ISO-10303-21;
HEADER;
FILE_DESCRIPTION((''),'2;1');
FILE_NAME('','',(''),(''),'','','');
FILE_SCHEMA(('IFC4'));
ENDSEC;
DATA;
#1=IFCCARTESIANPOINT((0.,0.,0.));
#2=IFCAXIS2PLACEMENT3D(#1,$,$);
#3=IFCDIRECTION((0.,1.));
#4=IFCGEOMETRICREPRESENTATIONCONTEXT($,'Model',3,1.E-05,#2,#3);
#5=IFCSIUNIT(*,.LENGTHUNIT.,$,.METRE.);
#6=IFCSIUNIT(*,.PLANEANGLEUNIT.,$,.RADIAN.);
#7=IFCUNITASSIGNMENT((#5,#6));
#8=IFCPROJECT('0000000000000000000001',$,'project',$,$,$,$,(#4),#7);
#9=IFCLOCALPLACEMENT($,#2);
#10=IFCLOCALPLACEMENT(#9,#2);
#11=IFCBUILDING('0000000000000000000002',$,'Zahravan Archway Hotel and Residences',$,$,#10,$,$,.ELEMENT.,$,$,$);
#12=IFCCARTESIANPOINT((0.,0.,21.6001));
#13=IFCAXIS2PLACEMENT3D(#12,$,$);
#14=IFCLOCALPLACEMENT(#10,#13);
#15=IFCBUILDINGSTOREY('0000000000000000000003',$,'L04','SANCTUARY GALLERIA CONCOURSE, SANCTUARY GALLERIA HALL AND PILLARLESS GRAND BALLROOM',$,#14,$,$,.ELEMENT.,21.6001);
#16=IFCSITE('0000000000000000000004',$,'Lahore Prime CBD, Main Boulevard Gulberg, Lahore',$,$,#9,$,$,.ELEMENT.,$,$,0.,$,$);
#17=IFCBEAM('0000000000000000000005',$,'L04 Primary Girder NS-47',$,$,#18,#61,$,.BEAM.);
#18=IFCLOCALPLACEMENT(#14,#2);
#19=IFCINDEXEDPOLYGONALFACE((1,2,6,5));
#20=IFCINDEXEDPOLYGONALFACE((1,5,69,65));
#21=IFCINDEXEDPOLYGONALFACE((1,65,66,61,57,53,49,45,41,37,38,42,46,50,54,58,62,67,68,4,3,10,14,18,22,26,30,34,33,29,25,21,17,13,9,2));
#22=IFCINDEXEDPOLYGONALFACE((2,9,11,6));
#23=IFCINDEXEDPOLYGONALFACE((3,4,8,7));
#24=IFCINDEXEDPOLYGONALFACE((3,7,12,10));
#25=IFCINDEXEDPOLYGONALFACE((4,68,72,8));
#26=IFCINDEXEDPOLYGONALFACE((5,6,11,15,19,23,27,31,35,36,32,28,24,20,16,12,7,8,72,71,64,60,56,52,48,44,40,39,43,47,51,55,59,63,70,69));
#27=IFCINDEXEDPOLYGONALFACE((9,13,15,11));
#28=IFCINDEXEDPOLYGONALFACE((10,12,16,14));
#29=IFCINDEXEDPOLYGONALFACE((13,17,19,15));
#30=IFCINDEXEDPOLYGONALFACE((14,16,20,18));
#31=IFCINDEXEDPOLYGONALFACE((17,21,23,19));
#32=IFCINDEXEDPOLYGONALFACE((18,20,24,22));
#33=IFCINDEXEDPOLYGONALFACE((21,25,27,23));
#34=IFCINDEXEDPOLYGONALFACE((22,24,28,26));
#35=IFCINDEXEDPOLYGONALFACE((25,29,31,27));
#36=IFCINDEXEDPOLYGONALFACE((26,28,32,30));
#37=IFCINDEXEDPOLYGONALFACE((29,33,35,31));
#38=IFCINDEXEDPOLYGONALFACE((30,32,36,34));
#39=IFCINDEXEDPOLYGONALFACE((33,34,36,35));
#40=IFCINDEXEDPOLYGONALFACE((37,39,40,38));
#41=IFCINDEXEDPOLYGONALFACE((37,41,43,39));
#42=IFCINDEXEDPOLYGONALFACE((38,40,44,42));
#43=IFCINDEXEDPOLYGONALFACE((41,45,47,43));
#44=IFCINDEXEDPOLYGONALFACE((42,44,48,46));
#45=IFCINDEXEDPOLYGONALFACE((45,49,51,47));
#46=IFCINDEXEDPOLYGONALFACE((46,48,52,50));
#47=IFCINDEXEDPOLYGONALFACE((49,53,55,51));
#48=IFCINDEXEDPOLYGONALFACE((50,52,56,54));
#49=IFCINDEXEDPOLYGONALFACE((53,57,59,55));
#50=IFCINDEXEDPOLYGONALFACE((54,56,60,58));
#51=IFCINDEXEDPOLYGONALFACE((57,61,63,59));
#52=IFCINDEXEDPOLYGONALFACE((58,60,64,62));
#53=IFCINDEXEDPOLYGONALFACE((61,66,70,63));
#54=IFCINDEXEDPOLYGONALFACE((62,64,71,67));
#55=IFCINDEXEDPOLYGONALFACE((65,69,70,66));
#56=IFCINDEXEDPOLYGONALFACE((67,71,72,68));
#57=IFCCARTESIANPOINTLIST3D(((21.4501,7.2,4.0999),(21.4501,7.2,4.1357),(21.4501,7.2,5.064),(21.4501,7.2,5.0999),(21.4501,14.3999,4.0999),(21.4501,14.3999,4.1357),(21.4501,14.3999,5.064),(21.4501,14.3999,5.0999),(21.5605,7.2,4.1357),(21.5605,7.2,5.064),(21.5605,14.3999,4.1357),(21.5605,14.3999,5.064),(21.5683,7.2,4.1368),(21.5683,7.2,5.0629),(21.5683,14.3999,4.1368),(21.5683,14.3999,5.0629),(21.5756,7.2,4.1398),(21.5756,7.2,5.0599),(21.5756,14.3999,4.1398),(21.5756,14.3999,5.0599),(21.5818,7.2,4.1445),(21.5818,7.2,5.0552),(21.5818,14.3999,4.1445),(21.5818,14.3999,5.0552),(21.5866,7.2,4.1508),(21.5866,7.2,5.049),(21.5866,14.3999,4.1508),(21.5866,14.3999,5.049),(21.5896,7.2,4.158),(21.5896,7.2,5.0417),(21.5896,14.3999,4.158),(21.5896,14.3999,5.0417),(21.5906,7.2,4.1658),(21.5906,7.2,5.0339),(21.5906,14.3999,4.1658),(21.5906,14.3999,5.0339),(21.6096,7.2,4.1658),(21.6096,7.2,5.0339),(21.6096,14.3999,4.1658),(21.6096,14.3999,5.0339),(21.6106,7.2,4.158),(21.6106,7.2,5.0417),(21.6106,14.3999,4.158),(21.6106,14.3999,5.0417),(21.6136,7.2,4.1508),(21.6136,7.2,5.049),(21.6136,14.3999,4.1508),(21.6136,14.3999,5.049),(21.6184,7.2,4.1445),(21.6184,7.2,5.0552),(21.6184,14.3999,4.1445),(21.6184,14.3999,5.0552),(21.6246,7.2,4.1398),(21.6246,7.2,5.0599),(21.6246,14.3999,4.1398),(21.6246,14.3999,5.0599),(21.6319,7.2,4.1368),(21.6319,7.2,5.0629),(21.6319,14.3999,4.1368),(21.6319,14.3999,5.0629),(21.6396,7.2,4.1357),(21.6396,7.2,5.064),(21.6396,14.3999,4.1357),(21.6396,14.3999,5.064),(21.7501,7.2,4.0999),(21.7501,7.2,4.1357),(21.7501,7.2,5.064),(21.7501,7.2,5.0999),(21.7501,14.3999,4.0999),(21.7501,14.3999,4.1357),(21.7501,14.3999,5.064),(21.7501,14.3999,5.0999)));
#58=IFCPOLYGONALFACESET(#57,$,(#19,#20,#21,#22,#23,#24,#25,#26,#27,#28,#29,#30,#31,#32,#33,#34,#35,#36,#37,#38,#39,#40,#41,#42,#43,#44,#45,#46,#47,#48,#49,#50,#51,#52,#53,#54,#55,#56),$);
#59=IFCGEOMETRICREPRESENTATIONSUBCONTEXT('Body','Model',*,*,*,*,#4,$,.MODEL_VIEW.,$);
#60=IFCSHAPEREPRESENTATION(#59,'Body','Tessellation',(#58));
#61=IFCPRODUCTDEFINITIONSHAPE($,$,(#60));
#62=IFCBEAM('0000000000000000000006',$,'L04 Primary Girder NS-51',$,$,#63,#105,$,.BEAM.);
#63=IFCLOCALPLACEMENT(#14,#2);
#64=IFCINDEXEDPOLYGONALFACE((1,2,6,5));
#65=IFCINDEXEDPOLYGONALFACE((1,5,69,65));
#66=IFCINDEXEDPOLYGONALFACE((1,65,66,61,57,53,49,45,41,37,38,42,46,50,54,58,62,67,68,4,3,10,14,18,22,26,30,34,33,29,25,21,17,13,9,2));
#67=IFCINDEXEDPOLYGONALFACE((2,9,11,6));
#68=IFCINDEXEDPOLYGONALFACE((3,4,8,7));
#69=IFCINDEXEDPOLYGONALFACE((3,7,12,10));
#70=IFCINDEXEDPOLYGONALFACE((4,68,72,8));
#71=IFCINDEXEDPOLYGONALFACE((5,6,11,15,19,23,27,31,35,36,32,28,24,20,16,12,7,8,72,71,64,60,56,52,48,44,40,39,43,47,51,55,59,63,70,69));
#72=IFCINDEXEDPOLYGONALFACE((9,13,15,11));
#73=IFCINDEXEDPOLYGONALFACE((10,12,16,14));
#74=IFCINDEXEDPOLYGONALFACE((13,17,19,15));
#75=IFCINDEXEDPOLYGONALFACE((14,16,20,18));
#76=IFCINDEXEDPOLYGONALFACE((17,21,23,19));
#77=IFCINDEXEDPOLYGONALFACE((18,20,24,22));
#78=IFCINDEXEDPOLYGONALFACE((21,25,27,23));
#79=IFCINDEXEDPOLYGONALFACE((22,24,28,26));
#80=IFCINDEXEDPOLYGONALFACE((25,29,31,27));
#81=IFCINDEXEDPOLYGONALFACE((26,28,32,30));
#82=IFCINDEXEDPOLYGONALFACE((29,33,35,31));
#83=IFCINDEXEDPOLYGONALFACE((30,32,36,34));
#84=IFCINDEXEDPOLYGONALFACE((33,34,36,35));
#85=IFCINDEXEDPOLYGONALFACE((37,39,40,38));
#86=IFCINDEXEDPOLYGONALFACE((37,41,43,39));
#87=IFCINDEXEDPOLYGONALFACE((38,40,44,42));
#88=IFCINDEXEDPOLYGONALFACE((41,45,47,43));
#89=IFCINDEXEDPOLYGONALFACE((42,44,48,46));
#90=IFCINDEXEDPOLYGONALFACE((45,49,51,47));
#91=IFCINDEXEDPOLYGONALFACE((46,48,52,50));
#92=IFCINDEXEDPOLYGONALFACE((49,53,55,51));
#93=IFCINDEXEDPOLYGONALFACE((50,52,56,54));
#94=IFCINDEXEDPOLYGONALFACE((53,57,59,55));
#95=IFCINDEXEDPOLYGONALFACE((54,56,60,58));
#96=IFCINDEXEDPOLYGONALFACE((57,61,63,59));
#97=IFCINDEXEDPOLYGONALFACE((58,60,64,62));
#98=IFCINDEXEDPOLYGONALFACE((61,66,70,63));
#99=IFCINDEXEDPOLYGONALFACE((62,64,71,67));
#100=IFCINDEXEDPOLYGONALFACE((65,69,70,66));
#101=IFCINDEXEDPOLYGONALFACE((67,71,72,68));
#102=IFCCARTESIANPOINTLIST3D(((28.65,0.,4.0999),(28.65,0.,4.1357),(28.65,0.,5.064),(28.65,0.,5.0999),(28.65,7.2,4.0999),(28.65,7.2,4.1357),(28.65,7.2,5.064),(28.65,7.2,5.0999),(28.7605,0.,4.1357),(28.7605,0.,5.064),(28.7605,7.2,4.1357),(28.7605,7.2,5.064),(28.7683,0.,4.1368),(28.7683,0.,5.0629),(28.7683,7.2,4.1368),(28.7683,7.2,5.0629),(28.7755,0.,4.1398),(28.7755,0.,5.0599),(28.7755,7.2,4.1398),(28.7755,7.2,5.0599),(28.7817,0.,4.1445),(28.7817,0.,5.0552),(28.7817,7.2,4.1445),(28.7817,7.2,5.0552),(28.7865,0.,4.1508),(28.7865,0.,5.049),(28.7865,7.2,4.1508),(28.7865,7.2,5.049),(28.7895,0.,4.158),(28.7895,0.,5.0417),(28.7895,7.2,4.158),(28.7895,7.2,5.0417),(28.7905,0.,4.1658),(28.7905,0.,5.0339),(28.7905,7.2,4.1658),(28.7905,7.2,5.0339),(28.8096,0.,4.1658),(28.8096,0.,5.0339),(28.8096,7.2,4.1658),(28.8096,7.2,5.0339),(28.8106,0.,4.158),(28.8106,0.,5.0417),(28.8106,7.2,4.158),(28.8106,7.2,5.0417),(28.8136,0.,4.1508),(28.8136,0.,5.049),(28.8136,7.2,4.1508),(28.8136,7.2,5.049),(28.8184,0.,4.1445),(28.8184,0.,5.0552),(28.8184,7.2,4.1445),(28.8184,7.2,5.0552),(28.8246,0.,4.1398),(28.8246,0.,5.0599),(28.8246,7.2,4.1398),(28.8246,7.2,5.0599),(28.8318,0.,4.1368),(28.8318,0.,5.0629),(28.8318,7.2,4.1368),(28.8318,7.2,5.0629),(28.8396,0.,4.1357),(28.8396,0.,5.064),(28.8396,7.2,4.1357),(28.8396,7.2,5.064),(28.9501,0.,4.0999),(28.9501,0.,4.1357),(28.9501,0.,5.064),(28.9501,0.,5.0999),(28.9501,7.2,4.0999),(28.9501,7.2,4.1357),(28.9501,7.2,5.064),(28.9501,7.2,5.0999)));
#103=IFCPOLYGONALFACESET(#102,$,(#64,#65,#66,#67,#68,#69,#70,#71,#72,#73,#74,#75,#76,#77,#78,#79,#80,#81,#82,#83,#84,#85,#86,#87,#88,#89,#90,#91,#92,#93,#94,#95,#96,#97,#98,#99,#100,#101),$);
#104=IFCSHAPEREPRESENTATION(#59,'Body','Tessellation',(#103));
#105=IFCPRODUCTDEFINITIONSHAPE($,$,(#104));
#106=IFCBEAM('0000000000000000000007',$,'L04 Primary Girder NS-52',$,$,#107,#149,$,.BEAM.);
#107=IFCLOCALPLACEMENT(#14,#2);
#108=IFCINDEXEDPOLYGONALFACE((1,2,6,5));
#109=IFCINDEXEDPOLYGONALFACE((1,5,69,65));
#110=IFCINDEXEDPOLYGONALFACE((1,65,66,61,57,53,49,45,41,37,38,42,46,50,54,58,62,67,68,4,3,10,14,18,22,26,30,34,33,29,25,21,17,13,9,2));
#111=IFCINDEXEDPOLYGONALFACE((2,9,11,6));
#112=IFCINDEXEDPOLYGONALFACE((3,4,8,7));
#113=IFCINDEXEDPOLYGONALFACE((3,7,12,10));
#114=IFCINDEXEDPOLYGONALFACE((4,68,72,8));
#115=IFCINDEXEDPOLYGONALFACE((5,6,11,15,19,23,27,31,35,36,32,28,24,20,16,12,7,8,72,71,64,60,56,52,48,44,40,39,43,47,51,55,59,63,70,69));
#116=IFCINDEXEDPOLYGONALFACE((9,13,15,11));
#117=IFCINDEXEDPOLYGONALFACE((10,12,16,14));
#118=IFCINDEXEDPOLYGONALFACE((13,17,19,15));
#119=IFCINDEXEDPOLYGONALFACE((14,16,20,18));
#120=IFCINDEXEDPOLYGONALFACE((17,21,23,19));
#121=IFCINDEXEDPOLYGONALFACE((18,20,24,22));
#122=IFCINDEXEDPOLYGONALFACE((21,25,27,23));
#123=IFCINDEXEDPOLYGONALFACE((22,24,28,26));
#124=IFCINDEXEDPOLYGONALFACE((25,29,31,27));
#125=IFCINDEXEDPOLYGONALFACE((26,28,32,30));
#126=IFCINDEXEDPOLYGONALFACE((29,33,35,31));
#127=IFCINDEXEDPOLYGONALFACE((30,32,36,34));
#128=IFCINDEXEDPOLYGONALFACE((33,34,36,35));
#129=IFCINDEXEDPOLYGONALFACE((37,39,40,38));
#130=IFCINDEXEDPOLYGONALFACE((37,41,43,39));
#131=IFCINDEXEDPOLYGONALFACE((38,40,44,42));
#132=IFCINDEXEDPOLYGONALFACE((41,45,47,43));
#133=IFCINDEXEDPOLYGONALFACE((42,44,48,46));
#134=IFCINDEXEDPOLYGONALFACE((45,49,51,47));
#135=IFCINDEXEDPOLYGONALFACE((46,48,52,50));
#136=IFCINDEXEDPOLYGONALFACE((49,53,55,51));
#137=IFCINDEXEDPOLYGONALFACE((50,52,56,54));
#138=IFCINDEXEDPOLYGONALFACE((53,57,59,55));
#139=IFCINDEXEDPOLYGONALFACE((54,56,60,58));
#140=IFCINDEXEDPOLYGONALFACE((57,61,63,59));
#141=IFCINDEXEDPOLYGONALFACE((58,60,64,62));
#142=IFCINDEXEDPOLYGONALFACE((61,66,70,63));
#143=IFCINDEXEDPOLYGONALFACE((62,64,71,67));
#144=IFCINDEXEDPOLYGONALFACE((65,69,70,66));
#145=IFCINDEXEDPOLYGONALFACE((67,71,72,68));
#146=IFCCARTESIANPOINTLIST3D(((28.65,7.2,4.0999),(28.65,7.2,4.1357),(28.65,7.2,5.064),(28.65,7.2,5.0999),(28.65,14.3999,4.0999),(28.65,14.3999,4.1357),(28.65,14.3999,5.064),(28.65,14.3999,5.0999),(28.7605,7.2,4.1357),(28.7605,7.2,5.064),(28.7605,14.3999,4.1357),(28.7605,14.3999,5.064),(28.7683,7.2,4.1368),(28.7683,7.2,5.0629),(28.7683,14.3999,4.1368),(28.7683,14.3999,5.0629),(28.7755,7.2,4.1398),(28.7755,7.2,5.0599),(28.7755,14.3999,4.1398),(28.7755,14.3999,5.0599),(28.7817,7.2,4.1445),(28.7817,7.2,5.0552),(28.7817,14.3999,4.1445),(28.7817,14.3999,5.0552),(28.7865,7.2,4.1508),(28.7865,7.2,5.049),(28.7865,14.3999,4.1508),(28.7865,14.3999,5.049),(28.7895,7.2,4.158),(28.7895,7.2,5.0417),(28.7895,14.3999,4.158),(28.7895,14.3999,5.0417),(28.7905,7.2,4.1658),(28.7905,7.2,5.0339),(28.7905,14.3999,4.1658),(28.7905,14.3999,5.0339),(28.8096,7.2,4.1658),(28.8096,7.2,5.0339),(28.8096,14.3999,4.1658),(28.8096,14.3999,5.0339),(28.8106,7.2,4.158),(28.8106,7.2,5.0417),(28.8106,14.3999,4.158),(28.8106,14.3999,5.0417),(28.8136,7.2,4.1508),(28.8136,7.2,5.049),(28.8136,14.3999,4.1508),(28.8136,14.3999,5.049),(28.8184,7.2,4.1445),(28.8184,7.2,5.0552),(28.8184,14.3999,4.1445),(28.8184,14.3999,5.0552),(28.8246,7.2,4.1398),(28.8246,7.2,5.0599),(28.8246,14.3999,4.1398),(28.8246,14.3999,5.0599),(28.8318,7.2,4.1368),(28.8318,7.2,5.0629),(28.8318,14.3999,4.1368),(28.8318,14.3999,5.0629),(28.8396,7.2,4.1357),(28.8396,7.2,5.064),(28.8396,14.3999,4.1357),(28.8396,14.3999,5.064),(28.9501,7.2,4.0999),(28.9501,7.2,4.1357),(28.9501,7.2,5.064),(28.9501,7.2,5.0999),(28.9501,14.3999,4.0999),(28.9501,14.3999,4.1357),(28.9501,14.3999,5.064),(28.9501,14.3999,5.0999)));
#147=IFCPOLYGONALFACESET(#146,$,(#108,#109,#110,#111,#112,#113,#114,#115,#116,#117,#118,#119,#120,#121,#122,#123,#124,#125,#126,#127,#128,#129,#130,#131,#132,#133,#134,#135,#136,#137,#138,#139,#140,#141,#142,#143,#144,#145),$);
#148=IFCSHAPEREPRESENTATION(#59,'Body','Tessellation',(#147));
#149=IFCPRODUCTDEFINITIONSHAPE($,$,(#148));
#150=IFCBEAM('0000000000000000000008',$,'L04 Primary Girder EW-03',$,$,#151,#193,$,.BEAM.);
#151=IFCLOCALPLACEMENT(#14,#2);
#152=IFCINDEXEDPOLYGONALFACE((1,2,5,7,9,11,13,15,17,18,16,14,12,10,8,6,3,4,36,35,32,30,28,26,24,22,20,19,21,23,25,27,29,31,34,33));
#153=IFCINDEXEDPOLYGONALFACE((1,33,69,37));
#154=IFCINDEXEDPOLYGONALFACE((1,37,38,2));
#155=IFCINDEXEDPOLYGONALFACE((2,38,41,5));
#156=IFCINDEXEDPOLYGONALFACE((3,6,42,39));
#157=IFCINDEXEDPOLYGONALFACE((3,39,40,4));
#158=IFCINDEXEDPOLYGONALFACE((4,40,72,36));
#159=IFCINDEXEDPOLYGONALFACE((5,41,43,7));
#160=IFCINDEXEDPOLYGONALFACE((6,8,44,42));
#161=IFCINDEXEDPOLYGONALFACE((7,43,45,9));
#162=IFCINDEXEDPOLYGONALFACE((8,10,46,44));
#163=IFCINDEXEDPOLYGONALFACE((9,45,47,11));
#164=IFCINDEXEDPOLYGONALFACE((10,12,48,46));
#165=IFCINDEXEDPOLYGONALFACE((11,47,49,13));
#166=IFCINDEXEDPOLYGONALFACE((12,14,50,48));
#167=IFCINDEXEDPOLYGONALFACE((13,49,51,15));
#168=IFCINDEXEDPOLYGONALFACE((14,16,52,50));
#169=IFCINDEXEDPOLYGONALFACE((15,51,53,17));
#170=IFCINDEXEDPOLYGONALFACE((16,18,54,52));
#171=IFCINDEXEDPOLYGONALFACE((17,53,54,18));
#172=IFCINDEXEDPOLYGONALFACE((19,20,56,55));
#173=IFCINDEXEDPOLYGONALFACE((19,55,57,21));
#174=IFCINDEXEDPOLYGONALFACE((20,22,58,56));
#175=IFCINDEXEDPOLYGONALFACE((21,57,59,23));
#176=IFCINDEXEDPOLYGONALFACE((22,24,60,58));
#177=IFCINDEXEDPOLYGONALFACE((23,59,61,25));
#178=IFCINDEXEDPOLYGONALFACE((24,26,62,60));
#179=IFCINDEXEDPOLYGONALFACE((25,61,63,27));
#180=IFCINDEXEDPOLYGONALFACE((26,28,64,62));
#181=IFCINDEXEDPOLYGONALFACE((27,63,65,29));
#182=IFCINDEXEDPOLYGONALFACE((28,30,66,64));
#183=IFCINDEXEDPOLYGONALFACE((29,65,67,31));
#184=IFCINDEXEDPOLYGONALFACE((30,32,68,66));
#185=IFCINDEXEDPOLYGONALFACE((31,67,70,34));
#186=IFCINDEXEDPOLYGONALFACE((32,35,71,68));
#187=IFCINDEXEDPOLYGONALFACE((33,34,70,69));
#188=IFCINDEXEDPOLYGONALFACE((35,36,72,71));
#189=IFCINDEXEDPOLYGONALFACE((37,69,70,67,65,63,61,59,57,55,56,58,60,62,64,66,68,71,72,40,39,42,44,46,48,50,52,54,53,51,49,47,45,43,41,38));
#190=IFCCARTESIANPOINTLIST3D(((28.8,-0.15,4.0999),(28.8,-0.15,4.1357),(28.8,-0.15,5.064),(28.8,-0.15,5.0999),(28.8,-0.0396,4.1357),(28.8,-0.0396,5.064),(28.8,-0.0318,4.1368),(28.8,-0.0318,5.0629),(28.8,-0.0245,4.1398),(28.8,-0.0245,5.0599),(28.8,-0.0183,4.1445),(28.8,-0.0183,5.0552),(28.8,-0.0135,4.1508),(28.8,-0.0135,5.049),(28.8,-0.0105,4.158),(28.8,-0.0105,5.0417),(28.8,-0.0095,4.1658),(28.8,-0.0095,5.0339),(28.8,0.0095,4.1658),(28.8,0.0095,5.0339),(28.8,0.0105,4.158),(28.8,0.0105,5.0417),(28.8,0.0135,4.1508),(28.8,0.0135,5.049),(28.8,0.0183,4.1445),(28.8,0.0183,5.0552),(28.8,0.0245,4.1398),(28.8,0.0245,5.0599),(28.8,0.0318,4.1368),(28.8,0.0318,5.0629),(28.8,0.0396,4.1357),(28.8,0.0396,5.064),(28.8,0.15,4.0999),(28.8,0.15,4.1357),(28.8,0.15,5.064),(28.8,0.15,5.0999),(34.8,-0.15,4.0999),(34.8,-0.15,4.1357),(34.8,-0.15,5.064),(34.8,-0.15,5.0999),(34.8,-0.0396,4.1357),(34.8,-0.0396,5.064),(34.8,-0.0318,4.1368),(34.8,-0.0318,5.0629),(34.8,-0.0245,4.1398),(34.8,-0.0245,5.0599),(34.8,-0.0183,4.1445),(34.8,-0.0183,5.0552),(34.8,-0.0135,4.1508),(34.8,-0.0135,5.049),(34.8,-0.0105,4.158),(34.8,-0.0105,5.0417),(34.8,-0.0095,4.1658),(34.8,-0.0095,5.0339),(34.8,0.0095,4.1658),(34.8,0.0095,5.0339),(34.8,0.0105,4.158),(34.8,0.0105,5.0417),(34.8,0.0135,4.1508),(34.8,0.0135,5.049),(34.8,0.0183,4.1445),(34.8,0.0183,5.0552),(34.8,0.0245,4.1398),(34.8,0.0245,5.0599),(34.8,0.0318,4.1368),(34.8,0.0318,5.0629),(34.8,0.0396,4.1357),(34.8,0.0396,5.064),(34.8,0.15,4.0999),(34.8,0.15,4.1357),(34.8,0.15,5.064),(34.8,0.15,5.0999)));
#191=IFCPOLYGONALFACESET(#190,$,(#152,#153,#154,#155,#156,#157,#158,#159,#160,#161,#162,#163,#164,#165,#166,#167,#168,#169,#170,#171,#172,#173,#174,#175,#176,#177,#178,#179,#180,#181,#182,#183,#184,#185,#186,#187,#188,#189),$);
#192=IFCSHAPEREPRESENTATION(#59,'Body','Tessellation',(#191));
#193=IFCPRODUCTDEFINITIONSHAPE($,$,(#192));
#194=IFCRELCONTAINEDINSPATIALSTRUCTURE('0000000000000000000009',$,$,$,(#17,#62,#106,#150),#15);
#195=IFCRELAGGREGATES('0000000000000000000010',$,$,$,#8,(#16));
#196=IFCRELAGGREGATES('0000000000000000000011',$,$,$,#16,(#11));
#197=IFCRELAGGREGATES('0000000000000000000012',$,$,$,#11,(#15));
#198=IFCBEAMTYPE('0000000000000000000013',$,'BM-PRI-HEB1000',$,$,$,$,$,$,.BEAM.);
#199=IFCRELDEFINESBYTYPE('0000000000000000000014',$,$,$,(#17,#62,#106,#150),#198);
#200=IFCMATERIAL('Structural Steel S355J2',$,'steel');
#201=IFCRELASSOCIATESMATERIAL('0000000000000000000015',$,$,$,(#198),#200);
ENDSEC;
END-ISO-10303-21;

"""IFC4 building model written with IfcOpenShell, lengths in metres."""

from ifc_helpers import new_model, si_unit, direction, frame, origin, origin_2d, place, context, subcontext, project, spatial, i_section, extrude, source, transform, mapped, material, material_profile, profile_set, type_object, element, save


model = new_model("IFC4")

# Units and contexts
model_context = context("Model", 3, precision=1e-05, world=origin(), true_north=direction((0.0, 1.0)))
body_context = subcontext(model_context, "Body", "Model", "MODEL_VIEW")
ifc_project = project(units=[si_unit("LENGTHUNIT", "METRE"), si_unit("PLANEANGLEUNIT", "RADIAN")], contexts=[model_context])

# Site, building, storey
site_placement = place(None, origin())
site = spatial("IfcSite", under=ifc_project, at=site_placement, Name="Lahore Prime CBD, Main Boulevard Gulberg, Lahore", CompositionType="ELEMENT", RefElevation=0.0)
building_placement = place(site_placement, origin())
building = spatial("IfcBuilding", under=site, at=building_placement, Name="Zahravan Archway Hotel and Residences", CompositionType="ELEMENT")
storey_placement = place(building_placement, frame((0.0, 0.0, 21.6001)))
storey = spatial("IfcBuildingStorey", under=building, at=storey_placement, Name="L04", Description="SANCTUARY GALLERIA CONCOURSE, SANCTUARY GALLERIA HALL AND PILLARLESS GRAND BALLROOM", CompositionType="ELEMENT", Elevation=21.6001)

# Beams
ifc_material_1 = material(Name="Structural Steel S355J2", Category="steel")
ifc_material_profile_1 = material_profile(ifc_material_1, i_section(OverallWidth=0.3, OverallDepth=1.0, WebThickness=0.019, FlangeThickness=0.0359, FilletRadius=0.03, at=origin_2d()), Name="HEB 1000", Category="steel")
ifc_profile_set_1 = profile_set([ifc_material_profile_1], Name="Structural Steel S355J2")
beam_type_1 = type_object("IfcBeamType", Name="BM-PRI-HEB1000", PredefinedType="BEAM", material=ifc_profile_set_1)
shared_shape_1 = source(origin(), body_context, "Body", "SweptSolid", [
    extrude(i_section(OverallWidth=0.3, OverallDepth=1.0, WebThickness=0.019, FlangeThickness=0.0359, FilletRadius=0.03, at=origin_2d()), origin(), (0.0, 0.0, 1.0), 7.2),
])
for number, where, z_axis, x_axis, name in (
    (1, (21.6001, 7.2, 4.5999), (0.0, 1.0, 0.0), (-1.0, 0.0, 0.0), "L04 Primary Girder NS-47"),
    (2, (28.8, 0.0, 4.5999), (0.0, 1.0, 0.0), (-1.0, 0.0, 0.0), "L04 Primary Girder NS-51"),
    (3, (28.8, 7.2, 4.5999), (0.0, 1.0, 0.0), (-1.0, 0.0, 0.0), "L04 Primary Girder NS-52"),
):
    element("IfcBeam", number, at=place(storey_placement, frame(where, z_axis=z_axis, x_axis=x_axis)), inside=storey, type_object=beam_type_1, Name=name, PredefinedType="BEAM", context=body_context, shape_type="MappedRepresentation", body=[
        mapped(shared_shape_1, transform((0.0, 0.0, 0.0), scale=1.0)),
    ])
shared_shape_2 = source(origin(), body_context, "Body", "SweptSolid", [
    extrude(i_section(OverallWidth=0.3, OverallDepth=1.0, WebThickness=0.019, FlangeThickness=0.0359, FilletRadius=0.03, at=origin_2d()), origin(), (0.0, 0.0, 1.0), 6.0),
])
for number, where, z_axis, x_axis, name in (
    (4, (28.8, 0.0, 4.5999), (1.0, 0.0, 0.0), (0.0, 1.0, 0.0), "L04 Primary Girder EW-03"),
):
    element("IfcBeam", number, at=place(storey_placement, frame(where, z_axis=z_axis, x_axis=x_axis)), inside=storey, type_object=beam_type_1, Name=name, PredefinedType="BEAM", context=body_context, shape_type="MappedRepresentation", body=[
        mapped(shared_shape_2, transform((0.0, 0.0, 0.0), scale=1.0)),
    ])

save(model, "model.ifc")
